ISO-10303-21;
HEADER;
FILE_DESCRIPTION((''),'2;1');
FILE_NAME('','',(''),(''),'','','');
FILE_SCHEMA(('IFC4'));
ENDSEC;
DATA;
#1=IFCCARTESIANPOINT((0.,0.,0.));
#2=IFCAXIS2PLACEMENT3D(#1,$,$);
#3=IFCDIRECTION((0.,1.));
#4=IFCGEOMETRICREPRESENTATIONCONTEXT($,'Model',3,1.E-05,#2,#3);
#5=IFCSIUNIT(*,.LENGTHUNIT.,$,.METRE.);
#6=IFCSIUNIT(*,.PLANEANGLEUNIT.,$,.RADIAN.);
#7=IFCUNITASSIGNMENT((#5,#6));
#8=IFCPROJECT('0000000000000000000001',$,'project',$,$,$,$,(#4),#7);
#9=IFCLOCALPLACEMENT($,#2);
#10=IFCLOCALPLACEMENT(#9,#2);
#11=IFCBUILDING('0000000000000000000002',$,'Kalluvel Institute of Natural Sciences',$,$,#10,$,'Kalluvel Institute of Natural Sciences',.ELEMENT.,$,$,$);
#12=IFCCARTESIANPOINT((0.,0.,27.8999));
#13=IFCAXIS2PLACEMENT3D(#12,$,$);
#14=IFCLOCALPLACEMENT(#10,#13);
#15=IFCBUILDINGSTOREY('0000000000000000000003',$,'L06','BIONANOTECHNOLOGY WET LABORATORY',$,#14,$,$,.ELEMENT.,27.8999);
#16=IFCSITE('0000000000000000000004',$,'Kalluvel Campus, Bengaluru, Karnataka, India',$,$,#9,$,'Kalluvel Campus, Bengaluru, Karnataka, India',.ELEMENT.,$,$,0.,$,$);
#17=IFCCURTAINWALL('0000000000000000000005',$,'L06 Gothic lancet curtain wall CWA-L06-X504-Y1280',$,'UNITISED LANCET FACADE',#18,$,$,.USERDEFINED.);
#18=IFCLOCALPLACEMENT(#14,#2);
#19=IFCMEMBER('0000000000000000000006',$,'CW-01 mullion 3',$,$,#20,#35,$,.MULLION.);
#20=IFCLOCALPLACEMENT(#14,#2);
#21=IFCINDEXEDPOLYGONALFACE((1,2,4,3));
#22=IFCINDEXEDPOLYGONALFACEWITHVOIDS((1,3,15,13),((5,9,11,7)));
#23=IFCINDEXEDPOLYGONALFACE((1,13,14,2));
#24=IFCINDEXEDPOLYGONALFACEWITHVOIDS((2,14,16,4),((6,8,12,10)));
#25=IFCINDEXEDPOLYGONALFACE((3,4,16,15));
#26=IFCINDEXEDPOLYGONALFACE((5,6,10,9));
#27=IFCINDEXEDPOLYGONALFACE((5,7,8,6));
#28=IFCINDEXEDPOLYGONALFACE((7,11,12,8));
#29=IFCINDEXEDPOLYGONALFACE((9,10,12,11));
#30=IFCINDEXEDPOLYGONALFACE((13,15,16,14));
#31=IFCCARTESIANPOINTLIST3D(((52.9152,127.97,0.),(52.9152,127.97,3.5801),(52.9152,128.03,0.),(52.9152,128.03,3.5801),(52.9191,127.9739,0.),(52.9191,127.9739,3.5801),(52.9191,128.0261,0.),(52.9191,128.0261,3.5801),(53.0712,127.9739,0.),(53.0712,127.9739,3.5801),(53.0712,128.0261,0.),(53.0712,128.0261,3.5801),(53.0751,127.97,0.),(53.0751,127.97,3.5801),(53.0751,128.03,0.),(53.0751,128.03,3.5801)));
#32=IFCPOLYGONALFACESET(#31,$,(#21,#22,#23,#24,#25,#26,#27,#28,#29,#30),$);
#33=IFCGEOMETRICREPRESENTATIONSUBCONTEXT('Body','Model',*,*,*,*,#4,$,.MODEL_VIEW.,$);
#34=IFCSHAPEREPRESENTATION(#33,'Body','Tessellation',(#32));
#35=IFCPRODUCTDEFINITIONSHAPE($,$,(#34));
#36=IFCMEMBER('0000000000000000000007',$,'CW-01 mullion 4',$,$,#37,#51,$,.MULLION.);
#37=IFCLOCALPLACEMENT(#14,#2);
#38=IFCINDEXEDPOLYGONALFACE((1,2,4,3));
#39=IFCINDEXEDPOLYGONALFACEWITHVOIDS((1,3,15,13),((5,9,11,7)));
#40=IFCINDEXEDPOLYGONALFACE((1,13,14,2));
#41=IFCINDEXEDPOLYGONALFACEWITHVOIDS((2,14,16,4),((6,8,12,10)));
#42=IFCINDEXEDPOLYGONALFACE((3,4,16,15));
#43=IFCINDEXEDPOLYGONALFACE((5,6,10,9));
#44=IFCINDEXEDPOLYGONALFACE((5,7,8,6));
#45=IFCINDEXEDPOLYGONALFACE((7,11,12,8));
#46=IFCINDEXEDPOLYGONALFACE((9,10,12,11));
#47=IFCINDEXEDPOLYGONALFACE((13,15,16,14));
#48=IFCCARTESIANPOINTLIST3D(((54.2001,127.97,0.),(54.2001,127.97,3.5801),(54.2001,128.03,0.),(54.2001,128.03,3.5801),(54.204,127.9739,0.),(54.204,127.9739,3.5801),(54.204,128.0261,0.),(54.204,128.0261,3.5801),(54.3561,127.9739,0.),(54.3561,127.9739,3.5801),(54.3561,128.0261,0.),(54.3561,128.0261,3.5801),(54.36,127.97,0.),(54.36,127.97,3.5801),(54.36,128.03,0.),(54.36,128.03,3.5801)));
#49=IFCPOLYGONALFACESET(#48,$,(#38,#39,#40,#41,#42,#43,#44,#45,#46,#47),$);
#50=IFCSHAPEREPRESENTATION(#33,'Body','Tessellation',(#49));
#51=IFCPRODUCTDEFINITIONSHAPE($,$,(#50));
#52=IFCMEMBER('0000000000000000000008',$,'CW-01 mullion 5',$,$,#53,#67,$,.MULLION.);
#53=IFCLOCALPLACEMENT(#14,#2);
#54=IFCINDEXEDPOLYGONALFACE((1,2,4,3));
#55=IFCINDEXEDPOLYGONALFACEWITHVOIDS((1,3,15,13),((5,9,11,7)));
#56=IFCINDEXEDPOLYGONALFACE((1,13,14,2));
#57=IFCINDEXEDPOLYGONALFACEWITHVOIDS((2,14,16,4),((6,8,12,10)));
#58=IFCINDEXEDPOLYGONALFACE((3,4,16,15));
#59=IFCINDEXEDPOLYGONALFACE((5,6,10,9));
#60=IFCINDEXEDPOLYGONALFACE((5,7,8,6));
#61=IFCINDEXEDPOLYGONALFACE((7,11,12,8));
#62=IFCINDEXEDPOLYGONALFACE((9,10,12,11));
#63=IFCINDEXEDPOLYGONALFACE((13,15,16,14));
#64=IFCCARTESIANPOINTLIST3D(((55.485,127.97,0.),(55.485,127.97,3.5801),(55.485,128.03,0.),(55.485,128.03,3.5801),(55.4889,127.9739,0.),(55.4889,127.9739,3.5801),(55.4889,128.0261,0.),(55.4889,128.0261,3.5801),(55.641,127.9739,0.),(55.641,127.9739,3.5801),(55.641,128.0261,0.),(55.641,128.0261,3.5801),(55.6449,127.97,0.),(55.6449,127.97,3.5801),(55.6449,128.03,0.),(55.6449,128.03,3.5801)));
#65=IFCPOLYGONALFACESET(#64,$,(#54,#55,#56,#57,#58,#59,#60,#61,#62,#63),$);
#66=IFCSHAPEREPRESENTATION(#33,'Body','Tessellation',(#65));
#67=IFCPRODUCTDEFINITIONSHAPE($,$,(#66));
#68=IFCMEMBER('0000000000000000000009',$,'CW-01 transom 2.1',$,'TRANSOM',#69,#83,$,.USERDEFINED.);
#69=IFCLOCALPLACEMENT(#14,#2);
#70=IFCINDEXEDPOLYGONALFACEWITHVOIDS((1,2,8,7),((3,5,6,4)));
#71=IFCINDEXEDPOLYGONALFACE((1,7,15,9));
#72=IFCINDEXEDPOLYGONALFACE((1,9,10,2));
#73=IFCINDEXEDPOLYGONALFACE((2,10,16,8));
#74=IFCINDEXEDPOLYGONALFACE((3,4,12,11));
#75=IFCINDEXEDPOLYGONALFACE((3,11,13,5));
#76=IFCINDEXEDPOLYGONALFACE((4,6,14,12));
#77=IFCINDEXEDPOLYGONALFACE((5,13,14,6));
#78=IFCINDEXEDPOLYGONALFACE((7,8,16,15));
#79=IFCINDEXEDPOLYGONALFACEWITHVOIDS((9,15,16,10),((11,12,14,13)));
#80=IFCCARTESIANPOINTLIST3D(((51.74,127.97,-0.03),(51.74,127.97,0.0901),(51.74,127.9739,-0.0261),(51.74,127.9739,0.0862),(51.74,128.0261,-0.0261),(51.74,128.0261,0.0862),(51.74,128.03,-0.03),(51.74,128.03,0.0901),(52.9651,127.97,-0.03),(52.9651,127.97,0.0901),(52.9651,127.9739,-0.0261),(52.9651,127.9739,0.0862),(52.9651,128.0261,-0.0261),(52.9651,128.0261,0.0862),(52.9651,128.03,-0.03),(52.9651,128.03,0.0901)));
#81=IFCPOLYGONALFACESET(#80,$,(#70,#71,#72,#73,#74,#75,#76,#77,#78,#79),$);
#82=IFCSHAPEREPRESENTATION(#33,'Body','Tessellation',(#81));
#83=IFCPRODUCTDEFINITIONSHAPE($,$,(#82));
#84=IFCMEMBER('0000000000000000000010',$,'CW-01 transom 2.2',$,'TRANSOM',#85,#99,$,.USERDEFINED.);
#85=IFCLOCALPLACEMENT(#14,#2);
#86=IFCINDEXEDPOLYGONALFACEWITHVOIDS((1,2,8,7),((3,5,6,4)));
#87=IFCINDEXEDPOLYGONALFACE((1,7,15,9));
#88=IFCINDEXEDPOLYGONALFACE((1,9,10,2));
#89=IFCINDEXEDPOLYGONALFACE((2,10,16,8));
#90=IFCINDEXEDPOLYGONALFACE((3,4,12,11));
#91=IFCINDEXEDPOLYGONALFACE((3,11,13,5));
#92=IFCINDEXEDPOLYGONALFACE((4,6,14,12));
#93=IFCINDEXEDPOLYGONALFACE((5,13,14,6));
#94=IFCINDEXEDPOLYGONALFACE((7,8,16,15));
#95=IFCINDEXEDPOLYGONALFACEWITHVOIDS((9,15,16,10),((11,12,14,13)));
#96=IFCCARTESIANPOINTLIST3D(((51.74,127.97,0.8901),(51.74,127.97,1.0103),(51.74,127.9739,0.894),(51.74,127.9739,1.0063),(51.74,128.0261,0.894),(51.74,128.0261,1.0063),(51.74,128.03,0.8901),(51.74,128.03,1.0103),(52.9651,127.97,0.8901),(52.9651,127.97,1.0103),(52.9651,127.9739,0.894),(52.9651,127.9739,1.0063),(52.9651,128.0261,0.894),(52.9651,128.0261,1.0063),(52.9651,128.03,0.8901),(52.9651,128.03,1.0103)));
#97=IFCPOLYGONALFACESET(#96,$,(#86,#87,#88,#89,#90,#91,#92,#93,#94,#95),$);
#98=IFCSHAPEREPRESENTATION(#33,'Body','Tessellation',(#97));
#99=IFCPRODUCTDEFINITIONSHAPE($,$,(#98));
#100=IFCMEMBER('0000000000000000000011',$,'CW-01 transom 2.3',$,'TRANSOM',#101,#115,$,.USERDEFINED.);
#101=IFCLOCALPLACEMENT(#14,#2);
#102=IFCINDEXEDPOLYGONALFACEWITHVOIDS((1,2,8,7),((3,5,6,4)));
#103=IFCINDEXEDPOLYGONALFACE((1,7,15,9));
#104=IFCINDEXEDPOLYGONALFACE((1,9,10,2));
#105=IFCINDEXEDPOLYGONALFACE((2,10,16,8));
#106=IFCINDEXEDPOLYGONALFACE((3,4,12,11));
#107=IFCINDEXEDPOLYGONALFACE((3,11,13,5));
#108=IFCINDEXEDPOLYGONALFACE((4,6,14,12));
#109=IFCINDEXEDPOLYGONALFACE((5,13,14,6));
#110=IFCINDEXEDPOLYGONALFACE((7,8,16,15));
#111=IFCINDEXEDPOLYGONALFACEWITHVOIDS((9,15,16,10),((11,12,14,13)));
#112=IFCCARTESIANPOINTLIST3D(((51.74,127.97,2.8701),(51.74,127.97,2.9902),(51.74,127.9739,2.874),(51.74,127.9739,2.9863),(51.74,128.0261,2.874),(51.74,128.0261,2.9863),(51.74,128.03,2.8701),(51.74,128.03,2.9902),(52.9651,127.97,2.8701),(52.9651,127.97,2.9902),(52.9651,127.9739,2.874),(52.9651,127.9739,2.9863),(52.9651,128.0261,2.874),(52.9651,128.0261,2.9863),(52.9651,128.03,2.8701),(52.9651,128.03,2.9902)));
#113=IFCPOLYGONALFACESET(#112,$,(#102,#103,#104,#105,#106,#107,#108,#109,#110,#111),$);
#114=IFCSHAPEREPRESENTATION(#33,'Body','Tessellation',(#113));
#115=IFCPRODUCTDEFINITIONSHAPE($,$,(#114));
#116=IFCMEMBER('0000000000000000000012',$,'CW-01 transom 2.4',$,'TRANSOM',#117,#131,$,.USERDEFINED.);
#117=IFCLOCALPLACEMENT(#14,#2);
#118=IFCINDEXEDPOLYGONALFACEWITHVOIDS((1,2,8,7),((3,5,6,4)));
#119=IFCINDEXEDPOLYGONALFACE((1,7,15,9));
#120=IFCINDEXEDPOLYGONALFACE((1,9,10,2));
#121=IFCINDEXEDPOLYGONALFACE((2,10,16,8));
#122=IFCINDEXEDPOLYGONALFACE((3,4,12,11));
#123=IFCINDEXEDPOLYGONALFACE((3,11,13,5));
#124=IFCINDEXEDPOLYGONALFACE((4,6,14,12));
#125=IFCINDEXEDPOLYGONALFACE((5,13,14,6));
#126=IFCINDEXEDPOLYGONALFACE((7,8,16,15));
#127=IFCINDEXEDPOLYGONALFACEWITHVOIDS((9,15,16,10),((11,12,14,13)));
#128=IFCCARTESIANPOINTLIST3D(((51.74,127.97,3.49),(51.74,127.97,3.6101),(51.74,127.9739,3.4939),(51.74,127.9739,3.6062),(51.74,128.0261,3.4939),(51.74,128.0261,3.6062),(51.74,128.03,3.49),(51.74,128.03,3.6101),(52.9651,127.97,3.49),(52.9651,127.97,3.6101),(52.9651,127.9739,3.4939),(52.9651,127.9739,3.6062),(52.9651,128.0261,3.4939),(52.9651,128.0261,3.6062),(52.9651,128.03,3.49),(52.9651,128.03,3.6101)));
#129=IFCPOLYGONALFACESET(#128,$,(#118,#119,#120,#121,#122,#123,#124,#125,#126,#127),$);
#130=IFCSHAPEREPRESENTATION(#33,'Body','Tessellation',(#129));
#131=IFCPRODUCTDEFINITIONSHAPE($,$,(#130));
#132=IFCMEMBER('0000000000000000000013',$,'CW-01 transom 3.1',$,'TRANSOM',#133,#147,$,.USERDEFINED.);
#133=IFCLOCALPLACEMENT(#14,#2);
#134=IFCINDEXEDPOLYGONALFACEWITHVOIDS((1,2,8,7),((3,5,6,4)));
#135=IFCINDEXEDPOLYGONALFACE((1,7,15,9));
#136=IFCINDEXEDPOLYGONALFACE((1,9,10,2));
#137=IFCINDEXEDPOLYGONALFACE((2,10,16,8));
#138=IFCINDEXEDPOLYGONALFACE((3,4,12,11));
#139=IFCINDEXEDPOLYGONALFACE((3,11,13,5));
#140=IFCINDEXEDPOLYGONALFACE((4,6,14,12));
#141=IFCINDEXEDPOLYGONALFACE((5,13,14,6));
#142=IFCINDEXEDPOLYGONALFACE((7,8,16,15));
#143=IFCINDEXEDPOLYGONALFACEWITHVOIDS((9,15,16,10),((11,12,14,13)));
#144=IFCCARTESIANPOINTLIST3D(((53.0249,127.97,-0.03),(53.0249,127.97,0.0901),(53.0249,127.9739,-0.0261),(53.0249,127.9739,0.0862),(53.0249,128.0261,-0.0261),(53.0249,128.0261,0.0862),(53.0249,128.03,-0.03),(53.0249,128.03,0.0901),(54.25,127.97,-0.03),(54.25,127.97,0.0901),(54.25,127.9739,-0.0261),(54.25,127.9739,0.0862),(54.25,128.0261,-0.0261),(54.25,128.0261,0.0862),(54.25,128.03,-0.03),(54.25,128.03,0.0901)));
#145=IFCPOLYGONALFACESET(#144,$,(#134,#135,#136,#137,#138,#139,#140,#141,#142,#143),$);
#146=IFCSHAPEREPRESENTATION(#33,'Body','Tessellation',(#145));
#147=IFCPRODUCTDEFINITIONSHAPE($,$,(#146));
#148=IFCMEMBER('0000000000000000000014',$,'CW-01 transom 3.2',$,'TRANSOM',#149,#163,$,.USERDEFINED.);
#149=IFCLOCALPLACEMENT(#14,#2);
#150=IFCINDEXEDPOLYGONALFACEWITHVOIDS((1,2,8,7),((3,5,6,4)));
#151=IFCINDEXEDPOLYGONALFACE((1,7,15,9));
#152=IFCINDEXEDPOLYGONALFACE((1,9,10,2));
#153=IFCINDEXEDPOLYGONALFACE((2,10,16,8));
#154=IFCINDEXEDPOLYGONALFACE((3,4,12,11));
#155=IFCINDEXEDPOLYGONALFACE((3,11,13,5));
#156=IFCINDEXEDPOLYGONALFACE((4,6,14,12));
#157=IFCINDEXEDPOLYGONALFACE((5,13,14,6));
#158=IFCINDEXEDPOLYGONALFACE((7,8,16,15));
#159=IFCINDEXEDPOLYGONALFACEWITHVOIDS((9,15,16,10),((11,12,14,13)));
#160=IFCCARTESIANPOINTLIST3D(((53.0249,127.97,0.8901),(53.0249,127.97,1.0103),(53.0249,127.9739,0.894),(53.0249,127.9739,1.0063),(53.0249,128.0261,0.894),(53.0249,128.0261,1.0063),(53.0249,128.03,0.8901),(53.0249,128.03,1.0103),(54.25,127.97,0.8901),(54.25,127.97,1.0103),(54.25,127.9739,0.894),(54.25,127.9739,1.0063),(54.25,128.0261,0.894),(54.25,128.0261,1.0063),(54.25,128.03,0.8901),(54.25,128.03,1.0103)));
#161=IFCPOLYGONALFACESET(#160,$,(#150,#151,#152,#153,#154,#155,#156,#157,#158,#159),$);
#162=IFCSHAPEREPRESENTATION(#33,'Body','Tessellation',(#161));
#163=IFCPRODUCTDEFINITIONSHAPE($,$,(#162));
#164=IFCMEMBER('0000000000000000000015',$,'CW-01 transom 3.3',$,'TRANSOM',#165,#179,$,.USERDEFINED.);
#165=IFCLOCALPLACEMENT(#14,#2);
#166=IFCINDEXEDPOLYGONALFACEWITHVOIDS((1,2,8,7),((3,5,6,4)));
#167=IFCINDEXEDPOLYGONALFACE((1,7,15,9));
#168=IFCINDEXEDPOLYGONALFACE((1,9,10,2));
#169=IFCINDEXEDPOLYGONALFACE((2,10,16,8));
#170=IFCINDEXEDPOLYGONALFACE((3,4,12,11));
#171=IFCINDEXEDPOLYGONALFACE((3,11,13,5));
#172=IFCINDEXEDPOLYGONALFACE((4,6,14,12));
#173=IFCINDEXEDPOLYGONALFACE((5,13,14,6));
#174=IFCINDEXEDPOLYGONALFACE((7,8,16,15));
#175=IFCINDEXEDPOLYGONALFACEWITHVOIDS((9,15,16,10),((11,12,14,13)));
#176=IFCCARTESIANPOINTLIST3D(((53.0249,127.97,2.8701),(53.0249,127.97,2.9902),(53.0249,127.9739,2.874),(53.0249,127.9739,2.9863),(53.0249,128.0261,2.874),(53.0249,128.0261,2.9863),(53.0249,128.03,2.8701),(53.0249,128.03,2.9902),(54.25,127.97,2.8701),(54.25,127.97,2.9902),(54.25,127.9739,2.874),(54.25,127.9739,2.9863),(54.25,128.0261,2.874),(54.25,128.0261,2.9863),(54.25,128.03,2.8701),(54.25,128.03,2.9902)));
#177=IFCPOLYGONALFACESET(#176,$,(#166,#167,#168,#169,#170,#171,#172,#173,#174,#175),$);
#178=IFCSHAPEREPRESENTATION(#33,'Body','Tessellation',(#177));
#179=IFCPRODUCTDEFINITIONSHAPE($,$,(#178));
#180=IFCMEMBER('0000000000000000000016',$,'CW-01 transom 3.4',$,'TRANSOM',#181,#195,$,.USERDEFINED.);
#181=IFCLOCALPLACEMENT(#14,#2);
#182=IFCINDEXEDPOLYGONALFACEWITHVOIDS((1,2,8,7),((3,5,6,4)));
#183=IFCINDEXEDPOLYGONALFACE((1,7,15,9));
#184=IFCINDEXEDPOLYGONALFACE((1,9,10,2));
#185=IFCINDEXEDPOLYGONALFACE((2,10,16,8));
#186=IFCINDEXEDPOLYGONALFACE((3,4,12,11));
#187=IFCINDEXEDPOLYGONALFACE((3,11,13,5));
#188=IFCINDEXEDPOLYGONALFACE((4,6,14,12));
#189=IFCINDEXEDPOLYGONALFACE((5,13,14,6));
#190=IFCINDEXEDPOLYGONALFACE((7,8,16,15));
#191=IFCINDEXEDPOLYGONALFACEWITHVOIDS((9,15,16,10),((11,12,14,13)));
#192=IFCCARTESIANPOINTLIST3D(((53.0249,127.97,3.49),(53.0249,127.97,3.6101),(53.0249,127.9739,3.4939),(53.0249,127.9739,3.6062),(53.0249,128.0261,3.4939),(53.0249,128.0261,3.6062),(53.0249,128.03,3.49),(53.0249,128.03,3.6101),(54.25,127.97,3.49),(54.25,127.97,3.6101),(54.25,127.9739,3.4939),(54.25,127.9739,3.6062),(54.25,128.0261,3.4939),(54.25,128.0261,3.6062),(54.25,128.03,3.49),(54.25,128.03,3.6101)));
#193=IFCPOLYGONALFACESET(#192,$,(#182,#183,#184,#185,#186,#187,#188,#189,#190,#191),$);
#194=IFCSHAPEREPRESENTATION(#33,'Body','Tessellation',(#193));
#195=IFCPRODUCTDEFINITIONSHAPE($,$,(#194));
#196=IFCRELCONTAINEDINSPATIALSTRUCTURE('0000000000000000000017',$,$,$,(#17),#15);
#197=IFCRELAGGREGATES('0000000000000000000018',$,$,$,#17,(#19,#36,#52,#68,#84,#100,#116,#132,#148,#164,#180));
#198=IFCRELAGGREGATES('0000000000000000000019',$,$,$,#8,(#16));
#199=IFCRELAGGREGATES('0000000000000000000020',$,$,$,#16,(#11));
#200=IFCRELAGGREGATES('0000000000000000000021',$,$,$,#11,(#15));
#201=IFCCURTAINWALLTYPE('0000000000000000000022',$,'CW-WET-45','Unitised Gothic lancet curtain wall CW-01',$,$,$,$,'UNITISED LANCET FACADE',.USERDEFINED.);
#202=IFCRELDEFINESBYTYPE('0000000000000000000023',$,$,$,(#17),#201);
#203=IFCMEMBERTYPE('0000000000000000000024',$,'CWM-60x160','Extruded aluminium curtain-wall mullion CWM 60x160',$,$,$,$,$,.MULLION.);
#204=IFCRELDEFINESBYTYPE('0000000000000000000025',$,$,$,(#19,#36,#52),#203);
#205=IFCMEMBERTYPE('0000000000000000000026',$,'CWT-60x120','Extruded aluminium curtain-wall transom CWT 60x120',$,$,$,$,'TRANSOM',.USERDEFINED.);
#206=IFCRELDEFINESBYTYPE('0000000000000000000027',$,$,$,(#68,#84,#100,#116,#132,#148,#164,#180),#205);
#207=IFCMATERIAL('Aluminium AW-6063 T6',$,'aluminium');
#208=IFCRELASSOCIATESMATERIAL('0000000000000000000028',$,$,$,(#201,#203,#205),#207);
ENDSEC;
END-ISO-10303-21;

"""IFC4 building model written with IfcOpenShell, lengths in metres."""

from ifc_helpers import new_model, si_unit, direction, frame, origin, origin_2d, place, context, subcontext, project, spatial, hollow_rectangle, extrude, material, material_profile, profile_set, type_object, element, aggregate, save


model = new_model("IFC4")

# Units and contexts
model_context = context("Model", 3, precision=1e-05, world=origin(), true_north=direction((0.0, 1.0)))
body_context = subcontext(model_context, "Body", "Model", "MODEL_VIEW")
ifc_project = project(units=[si_unit("LENGTHUNIT", "METRE"), si_unit("PLANEANGLEUNIT", "RADIAN")], contexts=[model_context])

# Site, building, storey
site_placement = place(None, origin())
site = spatial("IfcSite", under=ifc_project, at=site_placement, Name="Kalluvel Campus, Bengaluru, Karnataka, India", LongName="Kalluvel Campus, Bengaluru, Karnataka, India", CompositionType="ELEMENT", RefElevation=0.0)
building_placement = place(site_placement, origin())
building = spatial("IfcBuilding", under=site, at=building_placement, Name="Kalluvel Institute of Natural Sciences", LongName="Kalluvel Institute of Natural Sciences", CompositionType="ELEMENT")
storey_placement = place(building_placement, frame((0.0, 0.0, 27.8999)))
storey = spatial("IfcBuildingStorey", under=building, at=storey_placement, Name="L06", Description="BIONANOTECHNOLOGY WET LABORATORY", CompositionType="ELEMENT", Elevation=27.8999)

# Curtain wall, members
ifc_material_1 = material(Name="Aluminium AW-6063 T6", Category="aluminium")
curtain_wall_type = type_object("IfcCurtainWallType", Name="CW-WET-45", Description="Unitised Gothic lancet curtain wall CW-01", ElementType="UNITISED LANCET FACADE", PredefinedType="USERDEFINED", material=ifc_material_1)
curtain_wall_placement = place(storey_placement, origin())
curtain_wall = element("IfcCurtainWall", 1, at=curtain_wall_placement, inside=storey, type_object=curtain_wall_type, Name="L06 Gothic lancet curtain wall CWA-L06-X504-Y1280", ObjectType="UNITISED LANCET FACADE", PredefinedType="USERDEFINED")
ifc_material_profile_1 = material_profile(ifc_material_1, hollow_rectangle(XDim=0.0601, YDim=0.1599, WallThickness=0.0039, at=origin_2d()), Name="CWM 60x160")
ifc_profile_set_1 = profile_set([ifc_material_profile_1], Name="Aluminium AW-6063 T6")
member_type_1 = type_object("IfcMemberType", Name="CWM-60x160", Description="Extruded aluminium curtain-wall mullion CWM 60x160", PredefinedType="MULLION", material=ifc_profile_set_1)
member_1_placement = place(storey_placement, frame((52.9951, 128.0, 0.0), z_axis=(0.0, 0.0, 1.0), x_axis=(0.0, 1.0, 0.0)))
member_1 = element("IfcMember", 2, at=member_1_placement, type_object=member_type_1, Name="CW-01 mullion 3", PredefinedType="MULLION", context=body_context, shape_type="SweptSolid", body=[
    extrude(hollow_rectangle(XDim=0.0601, YDim=0.1599, WallThickness=0.0039, at=origin_2d()), origin(), (0.0, 0.0, 1.0), 3.5801),
])
member_2_placement = place(storey_placement, frame((54.28, 128.0, 0.0), z_axis=(0.0, 0.0, 1.0), x_axis=(0.0, 1.0, 0.0)))
member_2 = element("IfcMember", 3, at=member_2_placement, type_object=member_type_1, Name="CW-01 mullion 4", PredefinedType="MULLION", context=body_context, shape_type="SweptSolid", body=[
    extrude(hollow_rectangle(XDim=0.0601, YDim=0.1599, WallThickness=0.0039, at=origin_2d()), origin(), (0.0, 0.0, 1.0), 3.5801),
])
member_3_placement = place(storey_placement, frame((55.5649, 128.0, 0.0), z_axis=(0.0, 0.0, 1.0), x_axis=(0.0, 1.0, 0.0)))
member_3 = element("IfcMember", 4, at=member_3_placement, type_object=member_type_1, Name="CW-01 mullion 5", PredefinedType="MULLION", context=body_context, shape_type="SweptSolid", body=[
    extrude(hollow_rectangle(XDim=0.0601, YDim=0.1599, WallThickness=0.0039, at=origin_2d()), origin(), (0.0, 0.0, 1.0), 3.5801),
])
ifc_material_profile_2 = material_profile(ifc_material_1, hollow_rectangle(XDim=0.0601, YDim=0.1201, WallThickness=0.0039, at=origin_2d()), Name="CWT 60x120")
ifc_profile_set_2 = profile_set([ifc_material_profile_2], Name="Aluminium AW-6063 T6")
member_type_2 = type_object("IfcMemberType", Name="CWT-60x120", Description="Extruded aluminium curtain-wall transom CWT 60x120", ElementType="TRANSOM", PredefinedType="USERDEFINED", material=ifc_profile_set_2)
member_4_placement = place(storey_placement, frame((51.74, 128.0, 0.03), z_axis=(1.0, 0.0, 0.0), x_axis=(0.0, 1.0, 0.0)))
member_4 = element("IfcMember", 5, at=member_4_placement, type_object=member_type_2, Name="CW-01 transom 2.1", ObjectType="TRANSOM", PredefinedType="USERDEFINED", context=body_context, shape_type="SweptSolid", body=[
    extrude(hollow_rectangle(XDim=0.0601, YDim=0.1201, WallThickness=0.0039, at=origin_2d()), origin(), (0.0, 0.0, 1.0), 1.2251),
])
member_5_placement = place(storey_placement, frame((51.74, 128.0, 0.9502), z_axis=(1.0, 0.0, 0.0), x_axis=(0.0, 1.0, 0.0)))
member_5 = element("IfcMember", 6, at=member_5_placement, type_object=member_type_2, Name="CW-01 transom 2.2", ObjectType="TRANSOM", PredefinedType="USERDEFINED", context=body_context, shape_type="SweptSolid", body=[
    extrude(hollow_rectangle(XDim=0.0601, YDim=0.1201, WallThickness=0.0039, at=origin_2d()), origin(), (0.0, 0.0, 1.0), 1.2251),
])
member_6_placement = place(storey_placement, frame((51.74, 128.0, 2.9302), z_axis=(1.0, 0.0, 0.0), x_axis=(0.0, 1.0, 0.0)))
member_6 = element("IfcMember", 7, at=member_6_placement, type_object=member_type_2, Name="CW-01 transom 2.3", ObjectType="TRANSOM", PredefinedType="USERDEFINED", context=body_context, shape_type="SweptSolid", body=[
    extrude(hollow_rectangle(XDim=0.0601, YDim=0.1201, WallThickness=0.0039, at=origin_2d()), origin(), (0.0, 0.0, 1.0), 1.2251),
])
member_7_placement = place(storey_placement, frame((51.74, 128.0, 3.55), z_axis=(1.0, 0.0, 0.0), x_axis=(0.0, 1.0, 0.0)))
member_7 = element("IfcMember", 8, at=member_7_placement, type_object=member_type_2, Name="CW-01 transom 2.4", ObjectType="TRANSOM", PredefinedType="USERDEFINED", context=body_context, shape_type="SweptSolid", body=[
    extrude(hollow_rectangle(XDim=0.0601, YDim=0.1201, WallThickness=0.0039, at=origin_2d()), origin(), (0.0, 0.0, 1.0), 1.2251),
])
member_8_placement = place(storey_placement, frame((53.0249, 128.0, 0.03), z_axis=(1.0, 0.0, 0.0), x_axis=(0.0, 1.0, 0.0)))
member_8 = element("IfcMember", 9, at=member_8_placement, type_object=member_type_2, Name="CW-01 transom 3.1", ObjectType="TRANSOM", PredefinedType="USERDEFINED", context=body_context, shape_type="SweptSolid", body=[
    extrude(hollow_rectangle(XDim=0.0601, YDim=0.1201, WallThickness=0.0039, at=origin_2d()), origin(), (0.0, 0.0, 1.0), 1.2251),
])
member_9_placement = place(storey_placement, frame((53.0249, 128.0, 0.9502), z_axis=(1.0, 0.0, 0.0), x_axis=(0.0, 1.0, 0.0)))
member_9 = element("IfcMember", 10, at=member_9_placement, type_object=member_type_2, Name="CW-01 transom 3.2", ObjectType="TRANSOM", PredefinedType="USERDEFINED", context=body_context, shape_type="SweptSolid", body=[
    extrude(hollow_rectangle(XDim=0.0601, YDim=0.1201, WallThickness=0.0039, at=origin_2d()), origin(), (0.0, 0.0, 1.0), 1.2251),
])
member_10_placement = place(storey_placement, frame((53.0249, 128.0, 2.9302), z_axis=(1.0, 0.0, 0.0), x_axis=(0.0, 1.0, 0.0)))
member_10 = element("IfcMember", 11, at=member_10_placement, type_object=member_type_2, Name="CW-01 transom 3.3", ObjectType="TRANSOM", PredefinedType="USERDEFINED", context=body_context, shape_type="SweptSolid", body=[
    extrude(hollow_rectangle(XDim=0.0601, YDim=0.1201, WallThickness=0.0039, at=origin_2d()), origin(), (0.0, 0.0, 1.0), 1.2251),
])
member_11_placement = place(storey_placement, frame((53.0249, 128.0, 3.55), z_axis=(1.0, 0.0, 0.0), x_axis=(0.0, 1.0, 0.0)))
member_11 = element("IfcMember", 12, at=member_11_placement, type_object=member_type_2, Name="CW-01 transom 3.4", ObjectType="TRANSOM", PredefinedType="USERDEFINED", context=body_context, shape_type="SweptSolid", body=[
    extrude(hollow_rectangle(XDim=0.0601, YDim=0.1201, WallThickness=0.0039, at=origin_2d()), origin(), (0.0, 0.0, 1.0), 1.2251),
])
aggregate(curtain_wall, [member_1, member_2, member_3, member_4, member_5, member_6, member_7, member_8, member_9, member_10, member_11])

save(model, "model.ifc")
